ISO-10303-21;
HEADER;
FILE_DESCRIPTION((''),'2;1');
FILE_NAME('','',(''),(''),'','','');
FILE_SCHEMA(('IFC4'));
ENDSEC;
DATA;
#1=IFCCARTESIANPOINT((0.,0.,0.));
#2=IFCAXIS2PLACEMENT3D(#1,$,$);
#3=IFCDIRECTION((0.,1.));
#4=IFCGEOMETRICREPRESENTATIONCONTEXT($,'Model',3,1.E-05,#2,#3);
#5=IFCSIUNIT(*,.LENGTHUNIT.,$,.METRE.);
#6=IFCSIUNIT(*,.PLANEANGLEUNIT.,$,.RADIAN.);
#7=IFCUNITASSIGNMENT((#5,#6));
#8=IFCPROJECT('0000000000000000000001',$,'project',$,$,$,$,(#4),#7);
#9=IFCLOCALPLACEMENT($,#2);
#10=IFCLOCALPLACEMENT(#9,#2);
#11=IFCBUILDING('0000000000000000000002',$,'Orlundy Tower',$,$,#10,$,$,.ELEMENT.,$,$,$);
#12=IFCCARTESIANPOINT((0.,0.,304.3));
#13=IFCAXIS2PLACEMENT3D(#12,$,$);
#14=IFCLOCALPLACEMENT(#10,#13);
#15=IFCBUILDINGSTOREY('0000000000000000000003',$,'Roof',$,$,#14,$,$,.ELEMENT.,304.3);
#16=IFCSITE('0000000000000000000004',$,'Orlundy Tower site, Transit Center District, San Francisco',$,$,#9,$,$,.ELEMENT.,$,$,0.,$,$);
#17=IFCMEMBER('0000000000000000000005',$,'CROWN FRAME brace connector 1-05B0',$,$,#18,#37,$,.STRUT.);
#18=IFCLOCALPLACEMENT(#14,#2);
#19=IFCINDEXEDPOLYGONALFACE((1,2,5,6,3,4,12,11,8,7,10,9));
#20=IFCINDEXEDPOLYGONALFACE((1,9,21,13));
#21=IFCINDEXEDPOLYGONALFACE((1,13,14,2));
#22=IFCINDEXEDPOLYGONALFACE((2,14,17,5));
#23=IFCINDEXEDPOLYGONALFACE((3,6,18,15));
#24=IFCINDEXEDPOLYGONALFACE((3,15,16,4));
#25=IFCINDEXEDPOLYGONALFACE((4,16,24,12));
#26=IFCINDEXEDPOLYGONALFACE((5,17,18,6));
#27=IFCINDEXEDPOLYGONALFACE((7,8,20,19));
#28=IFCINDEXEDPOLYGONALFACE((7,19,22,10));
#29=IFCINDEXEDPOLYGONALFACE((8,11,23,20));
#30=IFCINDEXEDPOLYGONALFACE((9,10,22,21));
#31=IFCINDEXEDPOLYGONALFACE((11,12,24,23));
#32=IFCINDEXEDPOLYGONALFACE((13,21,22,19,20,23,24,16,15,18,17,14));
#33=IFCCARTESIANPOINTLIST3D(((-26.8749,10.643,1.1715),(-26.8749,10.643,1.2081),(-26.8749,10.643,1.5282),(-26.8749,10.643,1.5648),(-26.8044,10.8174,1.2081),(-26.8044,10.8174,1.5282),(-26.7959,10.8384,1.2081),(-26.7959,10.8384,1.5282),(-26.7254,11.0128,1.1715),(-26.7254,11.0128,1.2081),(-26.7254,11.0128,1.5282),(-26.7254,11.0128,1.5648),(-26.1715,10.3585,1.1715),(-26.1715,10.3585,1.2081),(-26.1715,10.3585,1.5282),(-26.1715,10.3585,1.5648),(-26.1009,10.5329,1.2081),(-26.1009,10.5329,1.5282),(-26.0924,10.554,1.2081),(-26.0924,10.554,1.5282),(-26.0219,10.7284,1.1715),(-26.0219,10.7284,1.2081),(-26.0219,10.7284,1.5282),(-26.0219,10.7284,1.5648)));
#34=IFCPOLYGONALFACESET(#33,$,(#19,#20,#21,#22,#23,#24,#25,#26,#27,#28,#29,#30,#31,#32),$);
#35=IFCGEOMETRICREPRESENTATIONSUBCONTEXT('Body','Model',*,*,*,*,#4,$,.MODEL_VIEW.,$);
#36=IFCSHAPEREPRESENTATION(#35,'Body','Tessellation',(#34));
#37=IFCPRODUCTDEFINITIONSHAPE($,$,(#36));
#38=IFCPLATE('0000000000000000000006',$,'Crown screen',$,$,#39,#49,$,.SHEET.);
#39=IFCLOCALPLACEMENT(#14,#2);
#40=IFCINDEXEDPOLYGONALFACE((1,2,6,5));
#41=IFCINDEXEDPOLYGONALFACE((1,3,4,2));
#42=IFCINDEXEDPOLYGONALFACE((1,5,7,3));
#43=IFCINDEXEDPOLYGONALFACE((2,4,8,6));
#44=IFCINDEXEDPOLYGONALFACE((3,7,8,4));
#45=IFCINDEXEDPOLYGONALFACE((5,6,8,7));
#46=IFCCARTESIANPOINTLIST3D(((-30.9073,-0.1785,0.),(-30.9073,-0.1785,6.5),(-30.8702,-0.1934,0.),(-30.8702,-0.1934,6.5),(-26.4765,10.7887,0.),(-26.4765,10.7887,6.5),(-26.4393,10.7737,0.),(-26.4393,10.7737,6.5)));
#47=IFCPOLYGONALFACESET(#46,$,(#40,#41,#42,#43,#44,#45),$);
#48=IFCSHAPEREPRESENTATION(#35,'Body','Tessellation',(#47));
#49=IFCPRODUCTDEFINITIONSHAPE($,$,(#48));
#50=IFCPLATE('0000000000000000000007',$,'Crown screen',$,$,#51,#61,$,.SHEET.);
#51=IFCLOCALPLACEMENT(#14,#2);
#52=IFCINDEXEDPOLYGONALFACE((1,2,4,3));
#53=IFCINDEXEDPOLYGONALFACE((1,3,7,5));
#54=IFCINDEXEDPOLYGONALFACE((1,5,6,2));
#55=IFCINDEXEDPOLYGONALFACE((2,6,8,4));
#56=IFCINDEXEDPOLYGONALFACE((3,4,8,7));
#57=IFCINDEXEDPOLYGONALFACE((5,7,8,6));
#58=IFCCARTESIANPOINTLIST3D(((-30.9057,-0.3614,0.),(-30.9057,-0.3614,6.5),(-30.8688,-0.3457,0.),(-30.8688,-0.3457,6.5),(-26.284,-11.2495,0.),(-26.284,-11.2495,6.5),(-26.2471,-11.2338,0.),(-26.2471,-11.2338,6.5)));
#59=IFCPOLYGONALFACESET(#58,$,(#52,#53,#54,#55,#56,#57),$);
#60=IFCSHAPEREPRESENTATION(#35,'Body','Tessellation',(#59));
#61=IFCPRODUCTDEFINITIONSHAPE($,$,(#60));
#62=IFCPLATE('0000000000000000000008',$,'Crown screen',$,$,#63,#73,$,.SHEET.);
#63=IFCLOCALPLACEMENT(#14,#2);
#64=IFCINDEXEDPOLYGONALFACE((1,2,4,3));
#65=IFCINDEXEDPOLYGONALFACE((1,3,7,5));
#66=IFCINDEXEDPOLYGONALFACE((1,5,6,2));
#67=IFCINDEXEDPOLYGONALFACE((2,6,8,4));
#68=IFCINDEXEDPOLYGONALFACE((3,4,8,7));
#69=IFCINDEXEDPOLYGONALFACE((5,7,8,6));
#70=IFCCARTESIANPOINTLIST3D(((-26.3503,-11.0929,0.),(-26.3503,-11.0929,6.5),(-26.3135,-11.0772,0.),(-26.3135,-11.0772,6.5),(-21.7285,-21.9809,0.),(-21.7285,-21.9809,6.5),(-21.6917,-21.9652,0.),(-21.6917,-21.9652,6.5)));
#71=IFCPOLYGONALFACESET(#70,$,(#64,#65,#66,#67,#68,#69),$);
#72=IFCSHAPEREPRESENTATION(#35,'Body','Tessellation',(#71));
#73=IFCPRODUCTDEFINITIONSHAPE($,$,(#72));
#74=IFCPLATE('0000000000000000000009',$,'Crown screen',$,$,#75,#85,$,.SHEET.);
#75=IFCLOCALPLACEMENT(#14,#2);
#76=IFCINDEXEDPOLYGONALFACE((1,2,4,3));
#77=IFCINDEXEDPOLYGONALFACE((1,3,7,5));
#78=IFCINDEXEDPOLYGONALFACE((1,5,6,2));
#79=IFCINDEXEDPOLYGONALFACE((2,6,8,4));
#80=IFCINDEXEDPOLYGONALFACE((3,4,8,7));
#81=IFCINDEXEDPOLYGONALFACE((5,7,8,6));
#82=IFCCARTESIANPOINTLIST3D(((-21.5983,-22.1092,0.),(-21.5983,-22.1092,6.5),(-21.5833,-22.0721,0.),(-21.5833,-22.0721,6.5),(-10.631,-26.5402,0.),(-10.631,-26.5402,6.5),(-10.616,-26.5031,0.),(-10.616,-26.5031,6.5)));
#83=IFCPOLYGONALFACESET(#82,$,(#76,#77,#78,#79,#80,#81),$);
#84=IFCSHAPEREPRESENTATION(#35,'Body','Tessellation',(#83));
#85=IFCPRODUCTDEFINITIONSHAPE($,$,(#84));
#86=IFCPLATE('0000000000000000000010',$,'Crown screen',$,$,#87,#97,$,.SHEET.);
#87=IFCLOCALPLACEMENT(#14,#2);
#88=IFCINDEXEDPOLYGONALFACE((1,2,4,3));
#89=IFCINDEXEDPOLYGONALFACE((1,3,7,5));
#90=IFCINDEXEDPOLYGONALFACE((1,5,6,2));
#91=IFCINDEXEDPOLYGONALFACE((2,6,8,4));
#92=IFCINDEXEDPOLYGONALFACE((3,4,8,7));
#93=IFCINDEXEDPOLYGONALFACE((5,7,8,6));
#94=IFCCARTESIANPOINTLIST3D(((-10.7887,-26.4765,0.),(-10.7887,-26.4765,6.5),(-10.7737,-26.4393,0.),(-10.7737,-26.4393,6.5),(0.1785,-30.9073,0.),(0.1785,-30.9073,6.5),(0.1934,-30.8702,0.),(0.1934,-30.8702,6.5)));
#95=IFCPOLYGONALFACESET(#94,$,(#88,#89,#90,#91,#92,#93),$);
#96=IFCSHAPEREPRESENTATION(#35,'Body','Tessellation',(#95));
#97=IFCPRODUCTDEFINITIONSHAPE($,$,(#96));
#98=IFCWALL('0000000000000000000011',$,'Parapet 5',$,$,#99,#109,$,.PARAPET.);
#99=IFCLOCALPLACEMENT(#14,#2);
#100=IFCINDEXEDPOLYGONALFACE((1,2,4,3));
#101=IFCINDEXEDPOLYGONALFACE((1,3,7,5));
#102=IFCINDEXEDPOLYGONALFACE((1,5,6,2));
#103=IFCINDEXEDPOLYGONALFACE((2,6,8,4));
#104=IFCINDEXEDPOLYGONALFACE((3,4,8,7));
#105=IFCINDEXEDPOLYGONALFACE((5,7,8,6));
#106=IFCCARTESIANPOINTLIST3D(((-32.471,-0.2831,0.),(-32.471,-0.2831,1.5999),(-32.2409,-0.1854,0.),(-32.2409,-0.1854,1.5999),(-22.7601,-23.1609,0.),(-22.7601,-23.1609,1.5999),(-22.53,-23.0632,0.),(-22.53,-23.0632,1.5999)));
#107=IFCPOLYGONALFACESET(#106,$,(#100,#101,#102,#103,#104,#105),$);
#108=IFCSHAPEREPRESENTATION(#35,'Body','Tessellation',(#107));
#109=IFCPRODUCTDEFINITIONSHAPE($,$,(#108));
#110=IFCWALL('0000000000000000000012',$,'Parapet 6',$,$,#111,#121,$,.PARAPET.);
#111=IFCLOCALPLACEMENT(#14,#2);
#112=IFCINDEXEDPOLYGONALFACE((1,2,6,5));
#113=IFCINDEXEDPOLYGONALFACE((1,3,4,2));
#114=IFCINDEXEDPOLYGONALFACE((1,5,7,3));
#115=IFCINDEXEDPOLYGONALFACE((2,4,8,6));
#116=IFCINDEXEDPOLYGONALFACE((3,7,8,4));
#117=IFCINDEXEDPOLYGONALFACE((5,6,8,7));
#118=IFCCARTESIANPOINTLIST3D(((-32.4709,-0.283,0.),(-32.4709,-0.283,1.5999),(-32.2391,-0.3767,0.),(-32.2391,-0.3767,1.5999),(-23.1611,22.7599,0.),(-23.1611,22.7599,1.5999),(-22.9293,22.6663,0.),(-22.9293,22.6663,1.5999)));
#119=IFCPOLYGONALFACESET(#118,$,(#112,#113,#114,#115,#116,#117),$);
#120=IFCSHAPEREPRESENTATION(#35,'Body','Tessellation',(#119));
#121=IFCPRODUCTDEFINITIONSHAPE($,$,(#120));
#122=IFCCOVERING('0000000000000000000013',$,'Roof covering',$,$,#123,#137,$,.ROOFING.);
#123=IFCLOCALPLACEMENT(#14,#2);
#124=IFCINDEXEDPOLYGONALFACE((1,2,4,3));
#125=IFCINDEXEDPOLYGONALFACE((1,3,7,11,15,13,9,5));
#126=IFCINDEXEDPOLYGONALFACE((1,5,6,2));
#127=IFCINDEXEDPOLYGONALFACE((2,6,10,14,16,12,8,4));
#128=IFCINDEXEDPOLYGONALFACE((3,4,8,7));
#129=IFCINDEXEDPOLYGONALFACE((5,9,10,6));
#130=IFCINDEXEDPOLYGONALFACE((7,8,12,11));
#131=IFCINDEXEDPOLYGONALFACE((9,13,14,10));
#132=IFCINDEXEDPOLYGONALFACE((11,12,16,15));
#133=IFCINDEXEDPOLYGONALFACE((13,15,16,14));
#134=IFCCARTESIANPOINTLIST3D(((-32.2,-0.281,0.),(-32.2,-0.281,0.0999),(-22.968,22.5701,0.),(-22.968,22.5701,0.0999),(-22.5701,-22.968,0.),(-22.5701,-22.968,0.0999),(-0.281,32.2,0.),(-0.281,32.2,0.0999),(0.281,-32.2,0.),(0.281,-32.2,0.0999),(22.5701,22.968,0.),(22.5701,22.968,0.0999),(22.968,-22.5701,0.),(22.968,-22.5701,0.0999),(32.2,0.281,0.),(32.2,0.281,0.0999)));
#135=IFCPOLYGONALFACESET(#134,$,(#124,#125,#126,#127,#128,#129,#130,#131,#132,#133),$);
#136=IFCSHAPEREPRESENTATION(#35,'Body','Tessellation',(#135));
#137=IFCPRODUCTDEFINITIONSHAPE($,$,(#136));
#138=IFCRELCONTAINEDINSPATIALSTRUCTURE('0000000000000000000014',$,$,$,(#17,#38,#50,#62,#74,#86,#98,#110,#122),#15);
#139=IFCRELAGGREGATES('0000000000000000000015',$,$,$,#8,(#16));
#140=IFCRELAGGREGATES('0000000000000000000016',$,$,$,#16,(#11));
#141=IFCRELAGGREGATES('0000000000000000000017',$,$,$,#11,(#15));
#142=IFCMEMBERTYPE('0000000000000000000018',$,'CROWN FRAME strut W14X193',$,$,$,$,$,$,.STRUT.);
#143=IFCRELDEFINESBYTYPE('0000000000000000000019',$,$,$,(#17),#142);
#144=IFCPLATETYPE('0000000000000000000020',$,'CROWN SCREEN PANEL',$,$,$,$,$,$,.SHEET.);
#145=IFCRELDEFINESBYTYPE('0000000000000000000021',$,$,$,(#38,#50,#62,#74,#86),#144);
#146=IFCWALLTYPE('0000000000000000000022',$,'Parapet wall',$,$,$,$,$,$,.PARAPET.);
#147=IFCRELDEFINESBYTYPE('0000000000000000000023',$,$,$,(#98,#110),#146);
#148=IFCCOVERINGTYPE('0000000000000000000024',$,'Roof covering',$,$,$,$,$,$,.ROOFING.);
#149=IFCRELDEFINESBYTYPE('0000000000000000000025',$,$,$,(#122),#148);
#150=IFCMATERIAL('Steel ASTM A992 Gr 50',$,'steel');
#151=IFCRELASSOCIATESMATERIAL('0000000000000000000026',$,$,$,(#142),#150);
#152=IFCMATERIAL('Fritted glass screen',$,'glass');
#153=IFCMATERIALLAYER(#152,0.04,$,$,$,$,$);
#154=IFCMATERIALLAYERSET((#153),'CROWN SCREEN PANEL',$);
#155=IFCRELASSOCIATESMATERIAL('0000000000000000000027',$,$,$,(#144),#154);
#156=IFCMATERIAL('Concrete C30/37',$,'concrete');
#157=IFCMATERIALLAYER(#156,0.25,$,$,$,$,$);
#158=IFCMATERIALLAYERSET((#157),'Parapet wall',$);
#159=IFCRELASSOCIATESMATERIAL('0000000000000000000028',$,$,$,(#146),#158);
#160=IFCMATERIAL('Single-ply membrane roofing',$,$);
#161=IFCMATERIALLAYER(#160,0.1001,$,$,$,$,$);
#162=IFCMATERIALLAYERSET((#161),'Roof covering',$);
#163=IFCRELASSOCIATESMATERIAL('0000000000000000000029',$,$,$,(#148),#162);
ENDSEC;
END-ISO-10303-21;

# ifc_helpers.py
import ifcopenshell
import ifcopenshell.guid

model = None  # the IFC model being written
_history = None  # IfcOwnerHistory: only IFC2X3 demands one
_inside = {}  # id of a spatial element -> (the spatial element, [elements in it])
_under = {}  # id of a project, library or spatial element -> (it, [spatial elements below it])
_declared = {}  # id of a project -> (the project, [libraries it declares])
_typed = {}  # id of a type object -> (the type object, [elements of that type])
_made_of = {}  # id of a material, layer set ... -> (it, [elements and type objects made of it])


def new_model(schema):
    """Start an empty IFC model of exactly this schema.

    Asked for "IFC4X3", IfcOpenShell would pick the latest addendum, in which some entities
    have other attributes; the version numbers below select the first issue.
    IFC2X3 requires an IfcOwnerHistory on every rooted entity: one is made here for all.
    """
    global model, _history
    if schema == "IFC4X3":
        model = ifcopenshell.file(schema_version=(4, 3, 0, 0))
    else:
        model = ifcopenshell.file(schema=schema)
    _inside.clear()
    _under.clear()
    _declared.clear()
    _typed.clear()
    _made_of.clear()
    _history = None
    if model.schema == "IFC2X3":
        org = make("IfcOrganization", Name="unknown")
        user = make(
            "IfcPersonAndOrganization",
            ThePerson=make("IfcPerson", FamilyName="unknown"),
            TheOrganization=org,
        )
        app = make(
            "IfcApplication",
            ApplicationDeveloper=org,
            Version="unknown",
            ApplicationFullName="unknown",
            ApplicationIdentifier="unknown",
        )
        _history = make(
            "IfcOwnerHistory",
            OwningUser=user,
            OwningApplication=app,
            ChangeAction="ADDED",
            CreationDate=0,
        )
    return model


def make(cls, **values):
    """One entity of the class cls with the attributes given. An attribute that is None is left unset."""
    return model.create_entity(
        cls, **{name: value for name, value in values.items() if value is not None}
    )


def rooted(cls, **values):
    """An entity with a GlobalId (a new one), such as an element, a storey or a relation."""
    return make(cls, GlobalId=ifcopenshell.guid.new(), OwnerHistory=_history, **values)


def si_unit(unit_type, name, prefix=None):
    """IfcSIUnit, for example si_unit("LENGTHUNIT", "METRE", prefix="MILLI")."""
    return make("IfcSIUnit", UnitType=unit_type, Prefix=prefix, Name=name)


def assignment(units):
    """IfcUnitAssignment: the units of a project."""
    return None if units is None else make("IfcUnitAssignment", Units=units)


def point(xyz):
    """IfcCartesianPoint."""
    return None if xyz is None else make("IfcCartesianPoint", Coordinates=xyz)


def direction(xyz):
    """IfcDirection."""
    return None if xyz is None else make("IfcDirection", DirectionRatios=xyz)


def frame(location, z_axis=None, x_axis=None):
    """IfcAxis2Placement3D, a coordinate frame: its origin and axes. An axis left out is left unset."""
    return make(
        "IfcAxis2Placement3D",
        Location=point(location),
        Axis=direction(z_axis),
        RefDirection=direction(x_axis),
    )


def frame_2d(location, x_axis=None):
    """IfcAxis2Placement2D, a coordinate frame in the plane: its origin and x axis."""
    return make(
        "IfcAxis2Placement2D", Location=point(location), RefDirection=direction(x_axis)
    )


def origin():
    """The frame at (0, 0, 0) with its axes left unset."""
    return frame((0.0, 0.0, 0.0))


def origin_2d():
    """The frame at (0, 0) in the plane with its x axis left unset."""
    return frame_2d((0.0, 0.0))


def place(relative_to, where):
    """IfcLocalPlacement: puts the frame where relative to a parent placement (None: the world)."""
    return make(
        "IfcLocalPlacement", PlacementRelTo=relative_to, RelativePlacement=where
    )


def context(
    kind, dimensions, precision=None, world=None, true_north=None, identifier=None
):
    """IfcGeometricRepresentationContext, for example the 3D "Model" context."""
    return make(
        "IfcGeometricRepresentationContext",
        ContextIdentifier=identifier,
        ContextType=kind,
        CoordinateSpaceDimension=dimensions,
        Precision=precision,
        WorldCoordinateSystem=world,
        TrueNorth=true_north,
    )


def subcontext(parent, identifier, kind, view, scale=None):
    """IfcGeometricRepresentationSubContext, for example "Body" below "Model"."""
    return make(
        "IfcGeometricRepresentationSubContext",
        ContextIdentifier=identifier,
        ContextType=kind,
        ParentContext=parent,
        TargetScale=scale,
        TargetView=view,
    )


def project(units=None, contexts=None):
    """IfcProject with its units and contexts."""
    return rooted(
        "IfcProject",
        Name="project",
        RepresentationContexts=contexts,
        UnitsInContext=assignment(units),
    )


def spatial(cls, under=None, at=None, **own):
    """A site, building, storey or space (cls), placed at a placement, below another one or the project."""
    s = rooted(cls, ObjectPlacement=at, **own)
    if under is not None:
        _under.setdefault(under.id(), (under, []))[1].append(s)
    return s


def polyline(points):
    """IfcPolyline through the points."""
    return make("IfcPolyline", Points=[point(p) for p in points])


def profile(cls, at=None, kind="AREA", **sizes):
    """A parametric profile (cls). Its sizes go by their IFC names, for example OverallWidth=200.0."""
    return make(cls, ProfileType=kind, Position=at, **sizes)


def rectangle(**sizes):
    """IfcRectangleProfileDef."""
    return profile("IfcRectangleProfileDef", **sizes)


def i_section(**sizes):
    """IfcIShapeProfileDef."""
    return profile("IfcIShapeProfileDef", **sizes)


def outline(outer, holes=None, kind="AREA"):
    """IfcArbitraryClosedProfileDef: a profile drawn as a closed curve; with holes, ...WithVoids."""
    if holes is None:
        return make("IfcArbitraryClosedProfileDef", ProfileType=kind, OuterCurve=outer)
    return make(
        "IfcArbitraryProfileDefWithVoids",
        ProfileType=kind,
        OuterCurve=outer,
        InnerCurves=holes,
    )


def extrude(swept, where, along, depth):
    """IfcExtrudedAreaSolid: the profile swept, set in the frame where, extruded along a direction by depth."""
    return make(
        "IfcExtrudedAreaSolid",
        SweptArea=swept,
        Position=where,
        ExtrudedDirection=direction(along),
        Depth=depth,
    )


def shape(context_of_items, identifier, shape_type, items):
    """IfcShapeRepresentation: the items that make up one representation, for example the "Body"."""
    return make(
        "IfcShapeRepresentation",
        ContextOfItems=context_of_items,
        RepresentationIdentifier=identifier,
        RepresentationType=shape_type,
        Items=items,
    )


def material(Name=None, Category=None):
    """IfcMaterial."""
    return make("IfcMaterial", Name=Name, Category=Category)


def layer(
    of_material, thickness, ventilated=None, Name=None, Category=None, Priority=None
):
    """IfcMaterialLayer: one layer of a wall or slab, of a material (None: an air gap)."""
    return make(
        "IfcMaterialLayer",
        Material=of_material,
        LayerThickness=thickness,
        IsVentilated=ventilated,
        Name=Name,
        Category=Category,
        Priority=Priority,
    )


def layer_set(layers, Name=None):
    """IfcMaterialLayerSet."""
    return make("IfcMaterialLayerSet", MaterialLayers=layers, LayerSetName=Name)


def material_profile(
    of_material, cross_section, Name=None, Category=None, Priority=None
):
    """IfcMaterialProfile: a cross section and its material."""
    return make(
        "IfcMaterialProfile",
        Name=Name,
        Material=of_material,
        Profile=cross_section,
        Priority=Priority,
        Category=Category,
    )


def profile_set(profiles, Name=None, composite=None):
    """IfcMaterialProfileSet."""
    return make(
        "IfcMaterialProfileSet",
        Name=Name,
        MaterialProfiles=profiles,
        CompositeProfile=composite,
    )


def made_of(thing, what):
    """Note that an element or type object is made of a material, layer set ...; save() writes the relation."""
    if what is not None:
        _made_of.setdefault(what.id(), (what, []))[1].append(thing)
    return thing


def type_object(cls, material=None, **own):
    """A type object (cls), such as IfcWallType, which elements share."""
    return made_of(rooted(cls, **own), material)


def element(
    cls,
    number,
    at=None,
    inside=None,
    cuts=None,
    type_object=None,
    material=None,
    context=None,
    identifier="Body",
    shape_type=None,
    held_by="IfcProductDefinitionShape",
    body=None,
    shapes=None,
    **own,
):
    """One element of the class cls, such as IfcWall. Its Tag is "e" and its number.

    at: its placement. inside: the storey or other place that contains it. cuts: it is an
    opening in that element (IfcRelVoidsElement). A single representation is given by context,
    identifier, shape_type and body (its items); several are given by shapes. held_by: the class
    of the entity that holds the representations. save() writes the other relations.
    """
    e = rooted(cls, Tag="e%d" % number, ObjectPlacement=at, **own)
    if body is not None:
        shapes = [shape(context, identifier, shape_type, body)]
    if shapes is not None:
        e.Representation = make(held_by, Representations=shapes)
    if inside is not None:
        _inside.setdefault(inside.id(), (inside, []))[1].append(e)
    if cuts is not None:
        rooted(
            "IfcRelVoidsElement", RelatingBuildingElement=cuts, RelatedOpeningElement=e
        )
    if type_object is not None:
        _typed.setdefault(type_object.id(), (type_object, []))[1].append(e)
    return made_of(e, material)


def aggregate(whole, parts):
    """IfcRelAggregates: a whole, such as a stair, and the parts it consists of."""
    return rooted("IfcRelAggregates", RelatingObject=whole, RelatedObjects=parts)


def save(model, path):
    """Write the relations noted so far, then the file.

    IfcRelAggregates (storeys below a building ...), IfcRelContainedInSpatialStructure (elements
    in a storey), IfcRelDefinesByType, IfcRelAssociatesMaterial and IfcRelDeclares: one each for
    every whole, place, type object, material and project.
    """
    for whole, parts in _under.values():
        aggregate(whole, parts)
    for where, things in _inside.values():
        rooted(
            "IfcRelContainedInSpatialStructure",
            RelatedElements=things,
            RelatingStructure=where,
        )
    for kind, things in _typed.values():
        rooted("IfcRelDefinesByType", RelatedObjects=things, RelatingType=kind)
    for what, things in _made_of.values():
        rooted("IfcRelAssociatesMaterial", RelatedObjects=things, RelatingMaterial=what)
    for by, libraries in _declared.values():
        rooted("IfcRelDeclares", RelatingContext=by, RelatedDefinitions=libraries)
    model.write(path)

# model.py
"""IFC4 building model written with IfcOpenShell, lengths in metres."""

from ifc_helpers import new_model, si_unit, direction, frame, frame_2d, origin, origin_2d, place, context, subcontext, project, spatial, polyline, rectangle, i_section, outline, extrude, material, layer, layer_set, material_profile, profile_set, type_object, element, save


model = new_model("IFC4")

# Units and contexts
model_context = context("Model", 3, precision=1e-05, world=origin(), true_north=direction((0.0, 1.0)))
body_context = subcontext(model_context, "Body", "Model", "MODEL_VIEW")
ifc_project = project(units=[si_unit("LENGTHUNIT", "METRE"), si_unit("PLANEANGLEUNIT", "RADIAN")], contexts=[model_context])

# Site, building, storey
site_placement = place(None, origin())
site = spatial("IfcSite", under=ifc_project, at=site_placement, Name="Orlundy Tower site, Transit Center District, San Francisco", CompositionType="ELEMENT", RefElevation=0.0)
building_placement = place(site_placement, origin())
building = spatial("IfcBuilding", under=site, at=building_placement, Name="Orlundy Tower", CompositionType="ELEMENT")
storey_placement = place(building_placement, frame((0.0, 0.0, 304.3)))
storey = spatial("IfcBuildingStorey", under=building, at=storey_placement, Name="Roof", CompositionType="ELEMENT", Elevation=304.3)

# Member
ifc_material_1 = material(Name="Steel ASTM A992 Gr 50", Category="steel")
ifc_material_profile_1 = material_profile(ifc_material_1, i_section(OverallWidth=0.3989, OverallDepth=0.3933, WebThickness=0.0227, FlangeThickness=0.0366, at=origin_2d()), Name="W14X193")
ifc_profile_set_1 = profile_set([ifc_material_profile_1], Name="Steel ASTM A992 Gr 50")
member_type_1 = type_object("IfcMemberType", Name="CROWN FRAME strut W14X193", PredefinedType="STRUT", material=ifc_profile_set_1)
member_1_placement = place(storey_placement, frame((-26.0967, 10.5435, 1.3682), z_axis=(-0.927072, 0.374883, 0.0), x_axis=(-0.374883, -0.927072, 0.0)))
element("IfcMember", 1, at=member_1_placement, inside=storey, type_object=member_type_1, Name="CROWN FRAME brace connector 1-05B0", PredefinedType="STRUT", context=body_context, shape_type="SweptSolid", body=[
    extrude(i_section(OverallWidth=0.3989, OverallDepth=0.3933, WebThickness=0.0227, FlangeThickness=0.0366, at=origin_2d()), origin(), (0.0, 0.0, 1.0), 0.7588),
])

# Plates
ifc_material_2 = material(Name="Fritted glass screen", Category="glass")
ifc_layer_1 = layer(ifc_material_2, 0.04)
ifc_layer_set_1 = layer_set([ifc_layer_1], Name="CROWN SCREEN PANEL")
plate_type = type_object("IfcPlateType", Name="CROWN SCREEN PANEL", PredefinedType="SHEET", material=ifc_layer_set_1)
for number, where, z_axis, x_axis, name in (
    (2, (-28.6733, 5.2976, 0.0), (0.0, 0.0, 1.0), (-0.374598, -0.927187, 0.0), "Crown screen"),
    (3, (-28.5764, -5.7976, 0.0), (0.0, 0.0, 1.0), (0.390728, -0.920506, 0.0), "Crown screen"),
    (4, (-24.021, -16.5291, 0.0), (0.0, 0.0, 1.0), (0.390739, -0.920502, 0.0), "Crown screen"),
):
    element("IfcPlate", number, at=place(storey_placement, frame(where, z_axis=z_axis, x_axis=x_axis)), inside=storey, type_object=plate_type, Name=name, PredefinedType="SHEET", context=body_context, shape_type="SweptSolid", body=[
        extrude(rectangle(XDim=11.8284, YDim=0.04, at=origin_2d()), origin(), (0.0, 0.0, 1.0), 6.5),
    ])
plate_1_placement = place(storey_placement, frame((-16.1072, -24.3062, 0.0), z_axis=(0.0, 0.0, 1.0), x_axis=(0.927186, -0.374602, 0.0)))
element("IfcPlate", 5, at=plate_1_placement, inside=storey, type_object=plate_type, Name="Crown screen", PredefinedType="SHEET", context=body_context, shape_type="SweptSolid", body=[
    extrude(rectangle(XDim=11.8286, YDim=0.04, at=origin_2d()), origin(), (0.0, 0.0, 1.0), 6.5),
])
plate_2_placement = place(storey_placement, frame((-5.2976, -28.6733, 0.0), z_axis=(0.0, 0.0, 1.0), x_axis=(0.927187, -0.374598, 0.0)))
element("IfcPlate", 6, at=plate_2_placement, inside=storey, type_object=plate_type, Name="Crown screen", PredefinedType="SHEET", context=body_context, shape_type="SweptSolid", body=[
    extrude(rectangle(XDim=11.8284, YDim=0.04, at=origin_2d()), origin(), (0.0, 0.0, 1.0), 6.5),
])

# Walls
ifc_material_3 = material(Name="Concrete C30/37", Category="concrete")
ifc_layer_2 = layer(ifc_material_3, 0.25)
ifc_layer_set_2 = layer_set([ifc_layer_2], Name="Parapet wall")
wall_type = type_object("IfcWallType", Name="Parapet wall", PredefinedType="PARAPET", material=ifc_layer_set_2)
wall_1_placement = place(storey_placement, frame((-22.645, -23.1121, 0.0), z_axis=(0.0, 0.0, 1.0), x_axis=(-0.390725, 0.920507, 0.0)))
element("IfcWall", 7, at=wall_1_placement, inside=storey, type_object=wall_type, Name="Parapet 5", PredefinedType="PARAPET", context=body_context, shape_type="SweptSolid", body=[
    extrude(rectangle(XDim=24.8535, YDim=0.25, at=frame_2d((12.4268, 0.0))), origin(), (0.0, 0.0, 1.0), 1.5999),
])
wall_2_placement = place(storey_placement, frame((-32.355, -0.3298, 0.0), z_axis=(0.0, 0.0, 1.0), x_axis=(0.374601, 0.927186, 0.0)))
element("IfcWall", 8, at=wall_2_placement, inside=storey, type_object=wall_type, Name="Parapet 6", PredefinedType="PARAPET", context=body_context, shape_type="SweptSolid", body=[
    extrude(rectangle(XDim=24.8525, YDim=0.25, at=frame_2d((12.4263, 0.0))), origin(), (0.0, 0.0, 1.0), 1.5999),
])

# Covering
ifc_material_4 = material(Name="Single-ply membrane roofing")
ifc_layer_3 = layer(ifc_material_4, 0.1001)
ifc_layer_set_3 = layer_set([ifc_layer_3], Name="Roof covering")
covering_type = type_object("IfcCoveringType", Name="Roof covering", PredefinedType="ROOFING", material=ifc_layer_set_3)
covering_placement = place(storey_placement, origin())
element("IfcCovering", 9, at=covering_placement, inside=storey, type_object=covering_type, Name="Roof covering", PredefinedType="ROOFING", context=body_context, shape_type="SweptSolid", body=[
    extrude(outline(polyline([(22.5701, 22.968), (32.2, 0.281), (22.968, -22.5701), (0.281, -32.2), (-22.5701, -22.968), (-32.2, -0.281), (-22.968, 22.5701), (-0.281, 32.2), (22.5701, 22.968)])), origin(), (0.0, 0.0, 1.0), 0.0999),
])

save(model, "model.ifc")
